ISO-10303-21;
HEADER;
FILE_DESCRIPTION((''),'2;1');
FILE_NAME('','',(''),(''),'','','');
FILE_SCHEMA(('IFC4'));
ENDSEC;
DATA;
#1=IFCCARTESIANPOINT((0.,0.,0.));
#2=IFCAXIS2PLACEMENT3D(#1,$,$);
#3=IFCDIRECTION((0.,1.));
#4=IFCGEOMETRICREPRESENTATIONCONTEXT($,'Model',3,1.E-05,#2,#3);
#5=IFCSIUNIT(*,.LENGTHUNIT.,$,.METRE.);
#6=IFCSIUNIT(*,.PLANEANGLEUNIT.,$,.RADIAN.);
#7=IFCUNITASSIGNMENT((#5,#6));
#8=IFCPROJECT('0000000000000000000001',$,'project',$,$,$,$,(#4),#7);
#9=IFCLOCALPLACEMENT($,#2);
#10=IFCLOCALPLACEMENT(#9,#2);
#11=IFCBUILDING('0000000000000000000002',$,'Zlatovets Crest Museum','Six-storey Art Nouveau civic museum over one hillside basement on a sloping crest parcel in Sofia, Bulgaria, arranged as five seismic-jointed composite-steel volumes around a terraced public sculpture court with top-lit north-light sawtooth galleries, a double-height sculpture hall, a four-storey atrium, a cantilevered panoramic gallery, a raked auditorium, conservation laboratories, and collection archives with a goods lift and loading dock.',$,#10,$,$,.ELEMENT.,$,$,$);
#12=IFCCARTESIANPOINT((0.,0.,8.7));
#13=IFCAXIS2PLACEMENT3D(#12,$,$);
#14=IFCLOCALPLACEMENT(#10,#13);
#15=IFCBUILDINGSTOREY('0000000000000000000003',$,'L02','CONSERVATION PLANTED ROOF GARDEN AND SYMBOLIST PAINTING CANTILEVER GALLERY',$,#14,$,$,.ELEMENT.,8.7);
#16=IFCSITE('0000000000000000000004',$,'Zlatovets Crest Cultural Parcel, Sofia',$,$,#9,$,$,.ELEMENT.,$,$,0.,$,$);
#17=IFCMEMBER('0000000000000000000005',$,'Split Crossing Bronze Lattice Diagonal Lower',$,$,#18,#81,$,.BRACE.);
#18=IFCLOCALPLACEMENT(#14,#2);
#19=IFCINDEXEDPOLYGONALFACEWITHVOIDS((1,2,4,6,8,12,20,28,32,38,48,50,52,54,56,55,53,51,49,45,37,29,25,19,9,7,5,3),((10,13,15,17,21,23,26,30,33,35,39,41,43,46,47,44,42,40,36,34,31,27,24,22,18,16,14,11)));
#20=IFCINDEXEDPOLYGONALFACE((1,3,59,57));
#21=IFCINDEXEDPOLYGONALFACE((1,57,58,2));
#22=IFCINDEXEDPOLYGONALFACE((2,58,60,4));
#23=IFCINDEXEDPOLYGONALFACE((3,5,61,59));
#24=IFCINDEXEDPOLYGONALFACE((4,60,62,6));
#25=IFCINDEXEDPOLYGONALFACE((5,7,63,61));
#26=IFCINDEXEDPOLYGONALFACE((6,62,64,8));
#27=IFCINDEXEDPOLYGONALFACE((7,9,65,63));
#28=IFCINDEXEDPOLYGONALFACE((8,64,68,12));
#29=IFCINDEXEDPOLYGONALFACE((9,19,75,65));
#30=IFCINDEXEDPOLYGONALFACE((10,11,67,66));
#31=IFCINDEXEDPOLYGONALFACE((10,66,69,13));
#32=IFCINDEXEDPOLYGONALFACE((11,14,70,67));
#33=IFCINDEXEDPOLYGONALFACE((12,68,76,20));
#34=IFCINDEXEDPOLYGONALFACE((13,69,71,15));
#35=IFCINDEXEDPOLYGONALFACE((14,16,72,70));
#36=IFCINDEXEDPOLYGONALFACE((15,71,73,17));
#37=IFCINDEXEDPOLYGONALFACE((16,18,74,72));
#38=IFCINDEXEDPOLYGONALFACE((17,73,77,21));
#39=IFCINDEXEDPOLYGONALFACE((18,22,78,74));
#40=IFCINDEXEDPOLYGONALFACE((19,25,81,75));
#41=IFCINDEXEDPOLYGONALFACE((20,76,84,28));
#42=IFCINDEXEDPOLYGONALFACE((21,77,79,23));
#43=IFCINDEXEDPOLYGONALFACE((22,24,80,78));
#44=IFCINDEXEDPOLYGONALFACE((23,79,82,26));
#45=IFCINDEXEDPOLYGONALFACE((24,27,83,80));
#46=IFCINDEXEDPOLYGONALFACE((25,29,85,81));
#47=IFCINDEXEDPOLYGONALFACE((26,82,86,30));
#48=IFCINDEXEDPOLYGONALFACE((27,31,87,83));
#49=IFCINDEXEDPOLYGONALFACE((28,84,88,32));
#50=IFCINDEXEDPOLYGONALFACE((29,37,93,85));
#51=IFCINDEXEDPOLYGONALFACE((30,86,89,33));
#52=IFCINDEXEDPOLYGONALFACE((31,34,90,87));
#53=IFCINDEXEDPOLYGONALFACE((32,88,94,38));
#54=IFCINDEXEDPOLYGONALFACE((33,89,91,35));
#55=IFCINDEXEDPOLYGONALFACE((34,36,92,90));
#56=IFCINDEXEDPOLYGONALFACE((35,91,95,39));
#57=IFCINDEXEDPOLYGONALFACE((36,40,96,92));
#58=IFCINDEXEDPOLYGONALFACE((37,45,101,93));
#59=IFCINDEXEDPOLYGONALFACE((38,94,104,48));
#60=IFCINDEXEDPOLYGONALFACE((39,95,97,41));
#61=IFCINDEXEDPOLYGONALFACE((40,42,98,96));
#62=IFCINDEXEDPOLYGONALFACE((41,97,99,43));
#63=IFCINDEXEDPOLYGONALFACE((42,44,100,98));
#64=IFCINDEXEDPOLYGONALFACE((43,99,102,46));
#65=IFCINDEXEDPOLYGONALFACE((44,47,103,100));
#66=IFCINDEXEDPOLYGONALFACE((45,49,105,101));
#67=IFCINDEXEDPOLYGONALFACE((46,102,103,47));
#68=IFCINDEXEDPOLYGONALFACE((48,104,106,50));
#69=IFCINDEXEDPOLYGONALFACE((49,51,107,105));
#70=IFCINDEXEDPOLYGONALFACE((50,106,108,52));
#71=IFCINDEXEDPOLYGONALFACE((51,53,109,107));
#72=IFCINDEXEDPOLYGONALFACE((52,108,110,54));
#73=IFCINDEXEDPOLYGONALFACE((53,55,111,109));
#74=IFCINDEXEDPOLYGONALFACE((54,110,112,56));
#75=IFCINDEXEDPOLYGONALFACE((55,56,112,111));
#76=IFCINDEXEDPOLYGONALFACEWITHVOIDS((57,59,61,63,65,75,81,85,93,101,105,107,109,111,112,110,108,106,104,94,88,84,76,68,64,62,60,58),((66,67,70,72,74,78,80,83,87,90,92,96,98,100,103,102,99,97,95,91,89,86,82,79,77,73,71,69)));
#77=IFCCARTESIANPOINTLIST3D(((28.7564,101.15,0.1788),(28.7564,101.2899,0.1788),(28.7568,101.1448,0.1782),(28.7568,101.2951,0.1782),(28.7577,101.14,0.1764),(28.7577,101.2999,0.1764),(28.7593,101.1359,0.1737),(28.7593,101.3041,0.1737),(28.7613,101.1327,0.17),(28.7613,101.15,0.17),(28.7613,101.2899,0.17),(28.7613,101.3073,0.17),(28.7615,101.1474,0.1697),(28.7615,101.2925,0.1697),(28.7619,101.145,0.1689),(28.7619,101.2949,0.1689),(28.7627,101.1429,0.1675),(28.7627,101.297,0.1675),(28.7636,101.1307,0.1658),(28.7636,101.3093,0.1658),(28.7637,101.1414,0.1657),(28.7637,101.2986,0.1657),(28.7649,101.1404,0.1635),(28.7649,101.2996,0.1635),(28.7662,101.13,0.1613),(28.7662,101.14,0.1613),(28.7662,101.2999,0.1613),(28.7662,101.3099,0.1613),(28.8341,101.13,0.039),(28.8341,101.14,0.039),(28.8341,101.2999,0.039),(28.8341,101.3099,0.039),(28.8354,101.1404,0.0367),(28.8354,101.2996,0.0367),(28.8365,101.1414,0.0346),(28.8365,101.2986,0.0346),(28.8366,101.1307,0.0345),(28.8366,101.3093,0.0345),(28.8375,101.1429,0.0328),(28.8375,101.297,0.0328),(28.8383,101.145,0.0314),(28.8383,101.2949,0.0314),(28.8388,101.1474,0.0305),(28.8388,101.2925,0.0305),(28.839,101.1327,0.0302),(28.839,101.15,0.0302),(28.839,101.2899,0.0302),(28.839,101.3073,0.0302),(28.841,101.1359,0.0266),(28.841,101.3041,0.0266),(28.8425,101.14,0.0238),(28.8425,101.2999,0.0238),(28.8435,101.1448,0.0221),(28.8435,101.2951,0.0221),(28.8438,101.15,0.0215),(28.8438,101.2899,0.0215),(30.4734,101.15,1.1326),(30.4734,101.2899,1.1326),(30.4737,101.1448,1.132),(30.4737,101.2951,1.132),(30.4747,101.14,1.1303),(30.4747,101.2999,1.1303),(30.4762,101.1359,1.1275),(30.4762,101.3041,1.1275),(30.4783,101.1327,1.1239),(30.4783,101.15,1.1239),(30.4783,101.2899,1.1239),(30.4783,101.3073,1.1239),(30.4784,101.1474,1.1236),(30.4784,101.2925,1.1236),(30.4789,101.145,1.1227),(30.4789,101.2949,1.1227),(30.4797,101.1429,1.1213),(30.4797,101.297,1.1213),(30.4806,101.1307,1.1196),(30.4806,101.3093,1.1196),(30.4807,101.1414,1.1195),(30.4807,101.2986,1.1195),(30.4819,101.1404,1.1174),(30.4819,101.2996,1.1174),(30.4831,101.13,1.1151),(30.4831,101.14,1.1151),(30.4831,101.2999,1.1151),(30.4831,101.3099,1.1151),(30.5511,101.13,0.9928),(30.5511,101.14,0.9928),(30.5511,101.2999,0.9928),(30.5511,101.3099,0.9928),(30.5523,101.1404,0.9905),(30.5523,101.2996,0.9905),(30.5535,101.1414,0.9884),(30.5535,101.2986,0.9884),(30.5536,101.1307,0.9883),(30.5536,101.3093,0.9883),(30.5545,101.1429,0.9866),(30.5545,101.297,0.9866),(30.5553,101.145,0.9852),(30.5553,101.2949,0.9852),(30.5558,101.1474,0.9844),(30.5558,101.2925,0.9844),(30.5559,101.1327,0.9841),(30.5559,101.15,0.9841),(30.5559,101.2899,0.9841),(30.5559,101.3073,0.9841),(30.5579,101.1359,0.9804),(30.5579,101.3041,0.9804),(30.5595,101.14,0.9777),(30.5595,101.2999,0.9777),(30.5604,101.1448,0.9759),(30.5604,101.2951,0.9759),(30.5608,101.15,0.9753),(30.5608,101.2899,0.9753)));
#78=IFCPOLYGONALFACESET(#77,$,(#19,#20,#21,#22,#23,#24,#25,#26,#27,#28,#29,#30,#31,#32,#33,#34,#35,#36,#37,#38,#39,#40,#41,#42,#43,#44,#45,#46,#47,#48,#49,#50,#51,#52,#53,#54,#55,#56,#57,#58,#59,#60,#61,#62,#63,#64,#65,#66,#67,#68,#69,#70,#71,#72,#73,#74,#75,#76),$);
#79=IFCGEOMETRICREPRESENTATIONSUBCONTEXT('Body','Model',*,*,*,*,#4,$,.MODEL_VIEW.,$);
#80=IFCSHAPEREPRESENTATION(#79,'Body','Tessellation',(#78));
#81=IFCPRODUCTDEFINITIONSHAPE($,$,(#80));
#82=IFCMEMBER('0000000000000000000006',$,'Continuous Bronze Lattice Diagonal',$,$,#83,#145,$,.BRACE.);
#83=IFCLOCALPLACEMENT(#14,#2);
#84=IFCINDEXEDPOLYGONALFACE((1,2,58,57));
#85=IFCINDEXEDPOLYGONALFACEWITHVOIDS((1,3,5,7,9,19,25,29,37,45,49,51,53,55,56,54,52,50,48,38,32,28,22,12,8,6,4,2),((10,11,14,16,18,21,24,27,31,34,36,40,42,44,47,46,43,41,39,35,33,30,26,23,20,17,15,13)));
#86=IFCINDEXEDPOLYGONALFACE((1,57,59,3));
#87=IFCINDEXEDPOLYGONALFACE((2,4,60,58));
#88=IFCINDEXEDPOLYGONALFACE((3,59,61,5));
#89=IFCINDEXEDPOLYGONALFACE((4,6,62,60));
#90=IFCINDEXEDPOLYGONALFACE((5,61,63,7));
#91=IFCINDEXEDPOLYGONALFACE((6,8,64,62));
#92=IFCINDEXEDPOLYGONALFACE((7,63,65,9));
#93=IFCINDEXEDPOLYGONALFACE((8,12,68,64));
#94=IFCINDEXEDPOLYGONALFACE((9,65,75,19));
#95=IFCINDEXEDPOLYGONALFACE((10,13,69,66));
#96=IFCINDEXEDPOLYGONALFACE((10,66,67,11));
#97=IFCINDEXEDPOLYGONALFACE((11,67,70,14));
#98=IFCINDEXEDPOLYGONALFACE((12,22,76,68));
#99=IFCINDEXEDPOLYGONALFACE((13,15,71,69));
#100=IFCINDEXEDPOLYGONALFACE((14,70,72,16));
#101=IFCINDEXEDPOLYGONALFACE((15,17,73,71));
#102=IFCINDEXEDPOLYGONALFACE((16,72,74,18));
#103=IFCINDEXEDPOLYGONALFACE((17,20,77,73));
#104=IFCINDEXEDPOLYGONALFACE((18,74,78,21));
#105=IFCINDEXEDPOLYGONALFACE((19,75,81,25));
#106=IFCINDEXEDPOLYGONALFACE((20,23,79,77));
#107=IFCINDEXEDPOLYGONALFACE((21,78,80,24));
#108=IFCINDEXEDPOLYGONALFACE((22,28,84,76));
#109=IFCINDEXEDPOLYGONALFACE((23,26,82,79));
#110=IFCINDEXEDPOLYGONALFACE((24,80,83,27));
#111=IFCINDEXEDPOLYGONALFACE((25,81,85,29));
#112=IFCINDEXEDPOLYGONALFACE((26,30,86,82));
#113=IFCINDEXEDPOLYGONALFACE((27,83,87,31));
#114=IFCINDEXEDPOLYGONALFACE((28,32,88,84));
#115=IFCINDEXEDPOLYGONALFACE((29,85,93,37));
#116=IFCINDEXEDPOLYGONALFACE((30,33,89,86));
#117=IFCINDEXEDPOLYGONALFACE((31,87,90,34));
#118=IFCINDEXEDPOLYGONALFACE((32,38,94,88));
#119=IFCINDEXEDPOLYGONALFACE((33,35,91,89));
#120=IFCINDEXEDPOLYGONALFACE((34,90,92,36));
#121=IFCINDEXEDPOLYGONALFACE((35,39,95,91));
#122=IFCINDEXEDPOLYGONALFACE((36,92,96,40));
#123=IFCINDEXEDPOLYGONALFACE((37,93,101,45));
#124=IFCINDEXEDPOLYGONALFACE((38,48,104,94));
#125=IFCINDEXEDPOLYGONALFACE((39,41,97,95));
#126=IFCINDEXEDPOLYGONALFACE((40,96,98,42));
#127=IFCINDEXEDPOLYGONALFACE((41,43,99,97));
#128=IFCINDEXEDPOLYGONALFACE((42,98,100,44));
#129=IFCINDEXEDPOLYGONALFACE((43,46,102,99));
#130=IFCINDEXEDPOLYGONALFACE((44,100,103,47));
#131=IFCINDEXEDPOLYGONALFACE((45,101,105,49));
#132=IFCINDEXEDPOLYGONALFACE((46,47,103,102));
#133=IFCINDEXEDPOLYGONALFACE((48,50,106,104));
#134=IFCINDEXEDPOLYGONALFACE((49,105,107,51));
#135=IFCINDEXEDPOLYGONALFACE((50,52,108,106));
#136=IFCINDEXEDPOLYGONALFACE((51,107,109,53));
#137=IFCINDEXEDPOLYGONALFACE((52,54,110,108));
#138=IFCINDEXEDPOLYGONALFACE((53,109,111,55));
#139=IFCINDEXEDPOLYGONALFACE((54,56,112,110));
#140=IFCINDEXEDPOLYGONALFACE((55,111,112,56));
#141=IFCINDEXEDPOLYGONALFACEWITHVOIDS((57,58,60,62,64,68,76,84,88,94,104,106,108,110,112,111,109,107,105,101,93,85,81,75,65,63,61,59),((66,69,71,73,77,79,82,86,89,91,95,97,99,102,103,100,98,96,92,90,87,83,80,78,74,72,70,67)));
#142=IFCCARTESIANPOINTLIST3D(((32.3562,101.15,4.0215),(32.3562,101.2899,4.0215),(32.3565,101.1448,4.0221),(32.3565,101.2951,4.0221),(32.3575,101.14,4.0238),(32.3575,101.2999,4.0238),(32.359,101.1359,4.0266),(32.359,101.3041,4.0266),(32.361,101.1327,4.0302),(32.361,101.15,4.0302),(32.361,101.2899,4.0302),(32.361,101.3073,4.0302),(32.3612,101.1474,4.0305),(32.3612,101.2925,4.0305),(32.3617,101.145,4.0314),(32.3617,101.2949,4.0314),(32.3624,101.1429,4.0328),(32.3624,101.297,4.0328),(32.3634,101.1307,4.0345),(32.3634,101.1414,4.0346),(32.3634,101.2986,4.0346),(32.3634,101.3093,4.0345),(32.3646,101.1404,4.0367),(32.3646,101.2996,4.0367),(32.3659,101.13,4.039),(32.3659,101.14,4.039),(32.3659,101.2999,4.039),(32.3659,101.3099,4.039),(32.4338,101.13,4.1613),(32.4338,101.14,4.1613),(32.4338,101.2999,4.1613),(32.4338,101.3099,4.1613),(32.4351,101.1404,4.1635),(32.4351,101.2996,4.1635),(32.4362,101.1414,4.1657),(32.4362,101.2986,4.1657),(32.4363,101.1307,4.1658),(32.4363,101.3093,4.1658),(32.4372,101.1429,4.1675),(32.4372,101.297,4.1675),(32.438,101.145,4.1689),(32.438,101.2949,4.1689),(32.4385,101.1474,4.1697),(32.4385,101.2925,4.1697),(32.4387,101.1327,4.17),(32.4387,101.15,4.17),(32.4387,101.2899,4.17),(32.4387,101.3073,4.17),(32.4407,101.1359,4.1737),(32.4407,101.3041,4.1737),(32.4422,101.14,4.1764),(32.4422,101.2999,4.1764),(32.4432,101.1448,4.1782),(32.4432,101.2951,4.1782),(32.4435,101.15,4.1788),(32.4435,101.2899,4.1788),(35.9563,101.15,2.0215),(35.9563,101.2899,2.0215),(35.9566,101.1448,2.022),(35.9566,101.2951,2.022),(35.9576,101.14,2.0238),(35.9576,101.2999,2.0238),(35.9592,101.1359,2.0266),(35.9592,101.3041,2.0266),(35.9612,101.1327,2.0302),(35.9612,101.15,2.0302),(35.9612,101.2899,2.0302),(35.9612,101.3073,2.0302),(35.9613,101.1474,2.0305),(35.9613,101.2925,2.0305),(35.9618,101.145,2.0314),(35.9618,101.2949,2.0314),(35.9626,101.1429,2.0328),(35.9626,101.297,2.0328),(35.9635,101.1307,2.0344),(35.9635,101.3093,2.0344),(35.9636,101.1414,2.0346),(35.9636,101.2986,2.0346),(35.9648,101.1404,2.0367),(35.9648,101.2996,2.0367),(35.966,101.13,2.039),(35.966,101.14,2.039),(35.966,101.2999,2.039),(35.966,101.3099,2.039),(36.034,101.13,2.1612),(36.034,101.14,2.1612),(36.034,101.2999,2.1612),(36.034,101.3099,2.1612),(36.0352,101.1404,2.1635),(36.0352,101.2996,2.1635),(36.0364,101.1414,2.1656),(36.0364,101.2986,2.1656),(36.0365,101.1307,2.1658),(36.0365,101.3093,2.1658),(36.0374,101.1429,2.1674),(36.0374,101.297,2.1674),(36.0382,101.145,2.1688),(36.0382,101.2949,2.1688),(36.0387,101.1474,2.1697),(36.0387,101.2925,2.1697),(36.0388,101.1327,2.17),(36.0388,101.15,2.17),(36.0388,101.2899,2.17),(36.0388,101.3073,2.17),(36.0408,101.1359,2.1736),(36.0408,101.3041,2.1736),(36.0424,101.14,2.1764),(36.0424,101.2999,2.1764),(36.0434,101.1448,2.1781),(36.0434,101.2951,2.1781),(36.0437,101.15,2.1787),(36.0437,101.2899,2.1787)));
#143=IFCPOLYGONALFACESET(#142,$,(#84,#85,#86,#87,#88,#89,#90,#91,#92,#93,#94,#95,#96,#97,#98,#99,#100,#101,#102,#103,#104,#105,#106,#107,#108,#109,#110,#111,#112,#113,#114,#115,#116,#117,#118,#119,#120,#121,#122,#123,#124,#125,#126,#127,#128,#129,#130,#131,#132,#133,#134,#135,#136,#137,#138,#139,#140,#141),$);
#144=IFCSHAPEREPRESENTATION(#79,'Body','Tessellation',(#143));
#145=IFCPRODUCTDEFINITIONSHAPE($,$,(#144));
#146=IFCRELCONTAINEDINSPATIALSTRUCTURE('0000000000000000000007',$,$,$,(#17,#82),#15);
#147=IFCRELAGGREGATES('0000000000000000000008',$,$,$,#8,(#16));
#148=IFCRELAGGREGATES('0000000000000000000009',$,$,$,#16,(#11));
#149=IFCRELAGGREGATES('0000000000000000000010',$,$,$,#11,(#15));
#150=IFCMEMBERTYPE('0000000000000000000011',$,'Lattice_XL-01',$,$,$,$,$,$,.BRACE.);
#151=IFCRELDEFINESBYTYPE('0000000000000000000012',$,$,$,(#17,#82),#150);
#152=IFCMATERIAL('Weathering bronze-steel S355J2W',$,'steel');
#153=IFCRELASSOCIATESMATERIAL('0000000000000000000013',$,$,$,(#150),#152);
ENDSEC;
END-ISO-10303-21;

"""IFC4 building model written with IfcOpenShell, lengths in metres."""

from ifc_helpers import new_model, si_unit, direction, frame, origin, origin_2d, place, context, subcontext, project, spatial, hollow_rectangle, extrude, material, material_profile, profile_set, type_object, element, save


model = new_model("IFC4")

# Units and contexts
model_context = context("Model", 3, precision=1e-05, world=origin(), true_north=direction((0.0, 1.0)))
body_context = subcontext(model_context, "Body", "Model", "MODEL_VIEW")
ifc_project = project(units=[si_unit("LENGTHUNIT", "METRE"), si_unit("PLANEANGLEUNIT", "RADIAN")], contexts=[model_context])

# Site, building, storey
site_placement = place(None, origin())
site = spatial("IfcSite", under=ifc_project, at=site_placement, Name="Zlatovets Crest Cultural Parcel, Sofia", CompositionType="ELEMENT", RefElevation=0.0)
building_placement = place(site_placement, origin())
building = spatial("IfcBuilding", under=site, at=building_placement, Name="Zlatovets Crest Museum", Description="Six-storey Art Nouveau civic museum over one hillside basement on a sloping crest parcel in Sofia, Bulgaria, arranged as five seismic-jointed composite-steel volumes around a terraced public sculpture court with top-lit north-light sawtooth galleries, a double-height sculpture hall, a four-storey atrium, a cantilevered panoramic gallery, a raked auditorium, conservation laboratories, and collection archives with a goods lift and loading dock.", CompositionType="ELEMENT")
storey_placement = place(building_placement, frame((0.0, 0.0, 8.7)))
storey = spatial("IfcBuildingStorey", under=building, at=storey_placement, Name="L02", Description="CONSERVATION PLANTED ROOF GARDEN AND SYMBOLIST PAINTING CANTILEVER GALLERY", CompositionType="ELEMENT", Elevation=8.7)

# Members
ifc_material_1 = material(Name="Weathering bronze-steel S355J2W", Category="steel")
ifc_material_profile_1 = material_profile(ifc_material_1, hollow_rectangle(XDim=0.1799, YDim=0.1799, WallThickness=0.01, InnerFilletRadius=0.01, OuterFilletRadius=0.02, at=origin_2d()), Name="SHS 180x180x10.0")
ifc_profile_set_1 = profile_set([ifc_material_profile_1], Name="Weathering bronze-steel S355J2W")
member_type_1 = type_object("IfcMemberType", Name="Lattice_XL-01", PredefinedType="BRACE", material=ifc_profile_set_1)
member_1_placement = place(storey_placement, frame((30.5171, 101.22, 1.054), z_axis=(-0.874169, 0.0, -0.485622), x_axis=(0.0, -1.0, 0.0)))
element("IfcMember", 1, at=member_1_placement, inside=storey, type_object=member_type_1, Name="Split Crossing Bronze Lattice Diagonal Lower", PredefinedType="BRACE", context=body_context, shape_type="SweptSolid", body=[
    extrude(hollow_rectangle(XDim=0.1799, YDim=0.1799, WallThickness=0.01, InnerFilletRadius=0.01, OuterFilletRadius=0.02, at=origin_2d()), origin(), (0.0, 0.0, 1.0), 1.9641),
])
member_2_placement = place(storey_placement, frame((36.0, 101.22, 2.1001), z_axis=(-0.874163, 0.0, 0.485633), x_axis=(0.0, -1.0, 0.0)))
element("IfcMember", 2, at=member_2_placement, inside=storey, type_object=member_type_1, Name="Continuous Bronze Lattice Diagonal", PredefinedType="BRACE", context=body_context, shape_type="SweptSolid", body=[
    extrude(hollow_rectangle(XDim=0.1799, YDim=0.1799, WallThickness=0.01, InnerFilletRadius=0.01, OuterFilletRadius=0.02, at=origin_2d()), origin(), (0.0, 0.0, 1.0), 4.1184),
])

save(model, "model.ifc")
